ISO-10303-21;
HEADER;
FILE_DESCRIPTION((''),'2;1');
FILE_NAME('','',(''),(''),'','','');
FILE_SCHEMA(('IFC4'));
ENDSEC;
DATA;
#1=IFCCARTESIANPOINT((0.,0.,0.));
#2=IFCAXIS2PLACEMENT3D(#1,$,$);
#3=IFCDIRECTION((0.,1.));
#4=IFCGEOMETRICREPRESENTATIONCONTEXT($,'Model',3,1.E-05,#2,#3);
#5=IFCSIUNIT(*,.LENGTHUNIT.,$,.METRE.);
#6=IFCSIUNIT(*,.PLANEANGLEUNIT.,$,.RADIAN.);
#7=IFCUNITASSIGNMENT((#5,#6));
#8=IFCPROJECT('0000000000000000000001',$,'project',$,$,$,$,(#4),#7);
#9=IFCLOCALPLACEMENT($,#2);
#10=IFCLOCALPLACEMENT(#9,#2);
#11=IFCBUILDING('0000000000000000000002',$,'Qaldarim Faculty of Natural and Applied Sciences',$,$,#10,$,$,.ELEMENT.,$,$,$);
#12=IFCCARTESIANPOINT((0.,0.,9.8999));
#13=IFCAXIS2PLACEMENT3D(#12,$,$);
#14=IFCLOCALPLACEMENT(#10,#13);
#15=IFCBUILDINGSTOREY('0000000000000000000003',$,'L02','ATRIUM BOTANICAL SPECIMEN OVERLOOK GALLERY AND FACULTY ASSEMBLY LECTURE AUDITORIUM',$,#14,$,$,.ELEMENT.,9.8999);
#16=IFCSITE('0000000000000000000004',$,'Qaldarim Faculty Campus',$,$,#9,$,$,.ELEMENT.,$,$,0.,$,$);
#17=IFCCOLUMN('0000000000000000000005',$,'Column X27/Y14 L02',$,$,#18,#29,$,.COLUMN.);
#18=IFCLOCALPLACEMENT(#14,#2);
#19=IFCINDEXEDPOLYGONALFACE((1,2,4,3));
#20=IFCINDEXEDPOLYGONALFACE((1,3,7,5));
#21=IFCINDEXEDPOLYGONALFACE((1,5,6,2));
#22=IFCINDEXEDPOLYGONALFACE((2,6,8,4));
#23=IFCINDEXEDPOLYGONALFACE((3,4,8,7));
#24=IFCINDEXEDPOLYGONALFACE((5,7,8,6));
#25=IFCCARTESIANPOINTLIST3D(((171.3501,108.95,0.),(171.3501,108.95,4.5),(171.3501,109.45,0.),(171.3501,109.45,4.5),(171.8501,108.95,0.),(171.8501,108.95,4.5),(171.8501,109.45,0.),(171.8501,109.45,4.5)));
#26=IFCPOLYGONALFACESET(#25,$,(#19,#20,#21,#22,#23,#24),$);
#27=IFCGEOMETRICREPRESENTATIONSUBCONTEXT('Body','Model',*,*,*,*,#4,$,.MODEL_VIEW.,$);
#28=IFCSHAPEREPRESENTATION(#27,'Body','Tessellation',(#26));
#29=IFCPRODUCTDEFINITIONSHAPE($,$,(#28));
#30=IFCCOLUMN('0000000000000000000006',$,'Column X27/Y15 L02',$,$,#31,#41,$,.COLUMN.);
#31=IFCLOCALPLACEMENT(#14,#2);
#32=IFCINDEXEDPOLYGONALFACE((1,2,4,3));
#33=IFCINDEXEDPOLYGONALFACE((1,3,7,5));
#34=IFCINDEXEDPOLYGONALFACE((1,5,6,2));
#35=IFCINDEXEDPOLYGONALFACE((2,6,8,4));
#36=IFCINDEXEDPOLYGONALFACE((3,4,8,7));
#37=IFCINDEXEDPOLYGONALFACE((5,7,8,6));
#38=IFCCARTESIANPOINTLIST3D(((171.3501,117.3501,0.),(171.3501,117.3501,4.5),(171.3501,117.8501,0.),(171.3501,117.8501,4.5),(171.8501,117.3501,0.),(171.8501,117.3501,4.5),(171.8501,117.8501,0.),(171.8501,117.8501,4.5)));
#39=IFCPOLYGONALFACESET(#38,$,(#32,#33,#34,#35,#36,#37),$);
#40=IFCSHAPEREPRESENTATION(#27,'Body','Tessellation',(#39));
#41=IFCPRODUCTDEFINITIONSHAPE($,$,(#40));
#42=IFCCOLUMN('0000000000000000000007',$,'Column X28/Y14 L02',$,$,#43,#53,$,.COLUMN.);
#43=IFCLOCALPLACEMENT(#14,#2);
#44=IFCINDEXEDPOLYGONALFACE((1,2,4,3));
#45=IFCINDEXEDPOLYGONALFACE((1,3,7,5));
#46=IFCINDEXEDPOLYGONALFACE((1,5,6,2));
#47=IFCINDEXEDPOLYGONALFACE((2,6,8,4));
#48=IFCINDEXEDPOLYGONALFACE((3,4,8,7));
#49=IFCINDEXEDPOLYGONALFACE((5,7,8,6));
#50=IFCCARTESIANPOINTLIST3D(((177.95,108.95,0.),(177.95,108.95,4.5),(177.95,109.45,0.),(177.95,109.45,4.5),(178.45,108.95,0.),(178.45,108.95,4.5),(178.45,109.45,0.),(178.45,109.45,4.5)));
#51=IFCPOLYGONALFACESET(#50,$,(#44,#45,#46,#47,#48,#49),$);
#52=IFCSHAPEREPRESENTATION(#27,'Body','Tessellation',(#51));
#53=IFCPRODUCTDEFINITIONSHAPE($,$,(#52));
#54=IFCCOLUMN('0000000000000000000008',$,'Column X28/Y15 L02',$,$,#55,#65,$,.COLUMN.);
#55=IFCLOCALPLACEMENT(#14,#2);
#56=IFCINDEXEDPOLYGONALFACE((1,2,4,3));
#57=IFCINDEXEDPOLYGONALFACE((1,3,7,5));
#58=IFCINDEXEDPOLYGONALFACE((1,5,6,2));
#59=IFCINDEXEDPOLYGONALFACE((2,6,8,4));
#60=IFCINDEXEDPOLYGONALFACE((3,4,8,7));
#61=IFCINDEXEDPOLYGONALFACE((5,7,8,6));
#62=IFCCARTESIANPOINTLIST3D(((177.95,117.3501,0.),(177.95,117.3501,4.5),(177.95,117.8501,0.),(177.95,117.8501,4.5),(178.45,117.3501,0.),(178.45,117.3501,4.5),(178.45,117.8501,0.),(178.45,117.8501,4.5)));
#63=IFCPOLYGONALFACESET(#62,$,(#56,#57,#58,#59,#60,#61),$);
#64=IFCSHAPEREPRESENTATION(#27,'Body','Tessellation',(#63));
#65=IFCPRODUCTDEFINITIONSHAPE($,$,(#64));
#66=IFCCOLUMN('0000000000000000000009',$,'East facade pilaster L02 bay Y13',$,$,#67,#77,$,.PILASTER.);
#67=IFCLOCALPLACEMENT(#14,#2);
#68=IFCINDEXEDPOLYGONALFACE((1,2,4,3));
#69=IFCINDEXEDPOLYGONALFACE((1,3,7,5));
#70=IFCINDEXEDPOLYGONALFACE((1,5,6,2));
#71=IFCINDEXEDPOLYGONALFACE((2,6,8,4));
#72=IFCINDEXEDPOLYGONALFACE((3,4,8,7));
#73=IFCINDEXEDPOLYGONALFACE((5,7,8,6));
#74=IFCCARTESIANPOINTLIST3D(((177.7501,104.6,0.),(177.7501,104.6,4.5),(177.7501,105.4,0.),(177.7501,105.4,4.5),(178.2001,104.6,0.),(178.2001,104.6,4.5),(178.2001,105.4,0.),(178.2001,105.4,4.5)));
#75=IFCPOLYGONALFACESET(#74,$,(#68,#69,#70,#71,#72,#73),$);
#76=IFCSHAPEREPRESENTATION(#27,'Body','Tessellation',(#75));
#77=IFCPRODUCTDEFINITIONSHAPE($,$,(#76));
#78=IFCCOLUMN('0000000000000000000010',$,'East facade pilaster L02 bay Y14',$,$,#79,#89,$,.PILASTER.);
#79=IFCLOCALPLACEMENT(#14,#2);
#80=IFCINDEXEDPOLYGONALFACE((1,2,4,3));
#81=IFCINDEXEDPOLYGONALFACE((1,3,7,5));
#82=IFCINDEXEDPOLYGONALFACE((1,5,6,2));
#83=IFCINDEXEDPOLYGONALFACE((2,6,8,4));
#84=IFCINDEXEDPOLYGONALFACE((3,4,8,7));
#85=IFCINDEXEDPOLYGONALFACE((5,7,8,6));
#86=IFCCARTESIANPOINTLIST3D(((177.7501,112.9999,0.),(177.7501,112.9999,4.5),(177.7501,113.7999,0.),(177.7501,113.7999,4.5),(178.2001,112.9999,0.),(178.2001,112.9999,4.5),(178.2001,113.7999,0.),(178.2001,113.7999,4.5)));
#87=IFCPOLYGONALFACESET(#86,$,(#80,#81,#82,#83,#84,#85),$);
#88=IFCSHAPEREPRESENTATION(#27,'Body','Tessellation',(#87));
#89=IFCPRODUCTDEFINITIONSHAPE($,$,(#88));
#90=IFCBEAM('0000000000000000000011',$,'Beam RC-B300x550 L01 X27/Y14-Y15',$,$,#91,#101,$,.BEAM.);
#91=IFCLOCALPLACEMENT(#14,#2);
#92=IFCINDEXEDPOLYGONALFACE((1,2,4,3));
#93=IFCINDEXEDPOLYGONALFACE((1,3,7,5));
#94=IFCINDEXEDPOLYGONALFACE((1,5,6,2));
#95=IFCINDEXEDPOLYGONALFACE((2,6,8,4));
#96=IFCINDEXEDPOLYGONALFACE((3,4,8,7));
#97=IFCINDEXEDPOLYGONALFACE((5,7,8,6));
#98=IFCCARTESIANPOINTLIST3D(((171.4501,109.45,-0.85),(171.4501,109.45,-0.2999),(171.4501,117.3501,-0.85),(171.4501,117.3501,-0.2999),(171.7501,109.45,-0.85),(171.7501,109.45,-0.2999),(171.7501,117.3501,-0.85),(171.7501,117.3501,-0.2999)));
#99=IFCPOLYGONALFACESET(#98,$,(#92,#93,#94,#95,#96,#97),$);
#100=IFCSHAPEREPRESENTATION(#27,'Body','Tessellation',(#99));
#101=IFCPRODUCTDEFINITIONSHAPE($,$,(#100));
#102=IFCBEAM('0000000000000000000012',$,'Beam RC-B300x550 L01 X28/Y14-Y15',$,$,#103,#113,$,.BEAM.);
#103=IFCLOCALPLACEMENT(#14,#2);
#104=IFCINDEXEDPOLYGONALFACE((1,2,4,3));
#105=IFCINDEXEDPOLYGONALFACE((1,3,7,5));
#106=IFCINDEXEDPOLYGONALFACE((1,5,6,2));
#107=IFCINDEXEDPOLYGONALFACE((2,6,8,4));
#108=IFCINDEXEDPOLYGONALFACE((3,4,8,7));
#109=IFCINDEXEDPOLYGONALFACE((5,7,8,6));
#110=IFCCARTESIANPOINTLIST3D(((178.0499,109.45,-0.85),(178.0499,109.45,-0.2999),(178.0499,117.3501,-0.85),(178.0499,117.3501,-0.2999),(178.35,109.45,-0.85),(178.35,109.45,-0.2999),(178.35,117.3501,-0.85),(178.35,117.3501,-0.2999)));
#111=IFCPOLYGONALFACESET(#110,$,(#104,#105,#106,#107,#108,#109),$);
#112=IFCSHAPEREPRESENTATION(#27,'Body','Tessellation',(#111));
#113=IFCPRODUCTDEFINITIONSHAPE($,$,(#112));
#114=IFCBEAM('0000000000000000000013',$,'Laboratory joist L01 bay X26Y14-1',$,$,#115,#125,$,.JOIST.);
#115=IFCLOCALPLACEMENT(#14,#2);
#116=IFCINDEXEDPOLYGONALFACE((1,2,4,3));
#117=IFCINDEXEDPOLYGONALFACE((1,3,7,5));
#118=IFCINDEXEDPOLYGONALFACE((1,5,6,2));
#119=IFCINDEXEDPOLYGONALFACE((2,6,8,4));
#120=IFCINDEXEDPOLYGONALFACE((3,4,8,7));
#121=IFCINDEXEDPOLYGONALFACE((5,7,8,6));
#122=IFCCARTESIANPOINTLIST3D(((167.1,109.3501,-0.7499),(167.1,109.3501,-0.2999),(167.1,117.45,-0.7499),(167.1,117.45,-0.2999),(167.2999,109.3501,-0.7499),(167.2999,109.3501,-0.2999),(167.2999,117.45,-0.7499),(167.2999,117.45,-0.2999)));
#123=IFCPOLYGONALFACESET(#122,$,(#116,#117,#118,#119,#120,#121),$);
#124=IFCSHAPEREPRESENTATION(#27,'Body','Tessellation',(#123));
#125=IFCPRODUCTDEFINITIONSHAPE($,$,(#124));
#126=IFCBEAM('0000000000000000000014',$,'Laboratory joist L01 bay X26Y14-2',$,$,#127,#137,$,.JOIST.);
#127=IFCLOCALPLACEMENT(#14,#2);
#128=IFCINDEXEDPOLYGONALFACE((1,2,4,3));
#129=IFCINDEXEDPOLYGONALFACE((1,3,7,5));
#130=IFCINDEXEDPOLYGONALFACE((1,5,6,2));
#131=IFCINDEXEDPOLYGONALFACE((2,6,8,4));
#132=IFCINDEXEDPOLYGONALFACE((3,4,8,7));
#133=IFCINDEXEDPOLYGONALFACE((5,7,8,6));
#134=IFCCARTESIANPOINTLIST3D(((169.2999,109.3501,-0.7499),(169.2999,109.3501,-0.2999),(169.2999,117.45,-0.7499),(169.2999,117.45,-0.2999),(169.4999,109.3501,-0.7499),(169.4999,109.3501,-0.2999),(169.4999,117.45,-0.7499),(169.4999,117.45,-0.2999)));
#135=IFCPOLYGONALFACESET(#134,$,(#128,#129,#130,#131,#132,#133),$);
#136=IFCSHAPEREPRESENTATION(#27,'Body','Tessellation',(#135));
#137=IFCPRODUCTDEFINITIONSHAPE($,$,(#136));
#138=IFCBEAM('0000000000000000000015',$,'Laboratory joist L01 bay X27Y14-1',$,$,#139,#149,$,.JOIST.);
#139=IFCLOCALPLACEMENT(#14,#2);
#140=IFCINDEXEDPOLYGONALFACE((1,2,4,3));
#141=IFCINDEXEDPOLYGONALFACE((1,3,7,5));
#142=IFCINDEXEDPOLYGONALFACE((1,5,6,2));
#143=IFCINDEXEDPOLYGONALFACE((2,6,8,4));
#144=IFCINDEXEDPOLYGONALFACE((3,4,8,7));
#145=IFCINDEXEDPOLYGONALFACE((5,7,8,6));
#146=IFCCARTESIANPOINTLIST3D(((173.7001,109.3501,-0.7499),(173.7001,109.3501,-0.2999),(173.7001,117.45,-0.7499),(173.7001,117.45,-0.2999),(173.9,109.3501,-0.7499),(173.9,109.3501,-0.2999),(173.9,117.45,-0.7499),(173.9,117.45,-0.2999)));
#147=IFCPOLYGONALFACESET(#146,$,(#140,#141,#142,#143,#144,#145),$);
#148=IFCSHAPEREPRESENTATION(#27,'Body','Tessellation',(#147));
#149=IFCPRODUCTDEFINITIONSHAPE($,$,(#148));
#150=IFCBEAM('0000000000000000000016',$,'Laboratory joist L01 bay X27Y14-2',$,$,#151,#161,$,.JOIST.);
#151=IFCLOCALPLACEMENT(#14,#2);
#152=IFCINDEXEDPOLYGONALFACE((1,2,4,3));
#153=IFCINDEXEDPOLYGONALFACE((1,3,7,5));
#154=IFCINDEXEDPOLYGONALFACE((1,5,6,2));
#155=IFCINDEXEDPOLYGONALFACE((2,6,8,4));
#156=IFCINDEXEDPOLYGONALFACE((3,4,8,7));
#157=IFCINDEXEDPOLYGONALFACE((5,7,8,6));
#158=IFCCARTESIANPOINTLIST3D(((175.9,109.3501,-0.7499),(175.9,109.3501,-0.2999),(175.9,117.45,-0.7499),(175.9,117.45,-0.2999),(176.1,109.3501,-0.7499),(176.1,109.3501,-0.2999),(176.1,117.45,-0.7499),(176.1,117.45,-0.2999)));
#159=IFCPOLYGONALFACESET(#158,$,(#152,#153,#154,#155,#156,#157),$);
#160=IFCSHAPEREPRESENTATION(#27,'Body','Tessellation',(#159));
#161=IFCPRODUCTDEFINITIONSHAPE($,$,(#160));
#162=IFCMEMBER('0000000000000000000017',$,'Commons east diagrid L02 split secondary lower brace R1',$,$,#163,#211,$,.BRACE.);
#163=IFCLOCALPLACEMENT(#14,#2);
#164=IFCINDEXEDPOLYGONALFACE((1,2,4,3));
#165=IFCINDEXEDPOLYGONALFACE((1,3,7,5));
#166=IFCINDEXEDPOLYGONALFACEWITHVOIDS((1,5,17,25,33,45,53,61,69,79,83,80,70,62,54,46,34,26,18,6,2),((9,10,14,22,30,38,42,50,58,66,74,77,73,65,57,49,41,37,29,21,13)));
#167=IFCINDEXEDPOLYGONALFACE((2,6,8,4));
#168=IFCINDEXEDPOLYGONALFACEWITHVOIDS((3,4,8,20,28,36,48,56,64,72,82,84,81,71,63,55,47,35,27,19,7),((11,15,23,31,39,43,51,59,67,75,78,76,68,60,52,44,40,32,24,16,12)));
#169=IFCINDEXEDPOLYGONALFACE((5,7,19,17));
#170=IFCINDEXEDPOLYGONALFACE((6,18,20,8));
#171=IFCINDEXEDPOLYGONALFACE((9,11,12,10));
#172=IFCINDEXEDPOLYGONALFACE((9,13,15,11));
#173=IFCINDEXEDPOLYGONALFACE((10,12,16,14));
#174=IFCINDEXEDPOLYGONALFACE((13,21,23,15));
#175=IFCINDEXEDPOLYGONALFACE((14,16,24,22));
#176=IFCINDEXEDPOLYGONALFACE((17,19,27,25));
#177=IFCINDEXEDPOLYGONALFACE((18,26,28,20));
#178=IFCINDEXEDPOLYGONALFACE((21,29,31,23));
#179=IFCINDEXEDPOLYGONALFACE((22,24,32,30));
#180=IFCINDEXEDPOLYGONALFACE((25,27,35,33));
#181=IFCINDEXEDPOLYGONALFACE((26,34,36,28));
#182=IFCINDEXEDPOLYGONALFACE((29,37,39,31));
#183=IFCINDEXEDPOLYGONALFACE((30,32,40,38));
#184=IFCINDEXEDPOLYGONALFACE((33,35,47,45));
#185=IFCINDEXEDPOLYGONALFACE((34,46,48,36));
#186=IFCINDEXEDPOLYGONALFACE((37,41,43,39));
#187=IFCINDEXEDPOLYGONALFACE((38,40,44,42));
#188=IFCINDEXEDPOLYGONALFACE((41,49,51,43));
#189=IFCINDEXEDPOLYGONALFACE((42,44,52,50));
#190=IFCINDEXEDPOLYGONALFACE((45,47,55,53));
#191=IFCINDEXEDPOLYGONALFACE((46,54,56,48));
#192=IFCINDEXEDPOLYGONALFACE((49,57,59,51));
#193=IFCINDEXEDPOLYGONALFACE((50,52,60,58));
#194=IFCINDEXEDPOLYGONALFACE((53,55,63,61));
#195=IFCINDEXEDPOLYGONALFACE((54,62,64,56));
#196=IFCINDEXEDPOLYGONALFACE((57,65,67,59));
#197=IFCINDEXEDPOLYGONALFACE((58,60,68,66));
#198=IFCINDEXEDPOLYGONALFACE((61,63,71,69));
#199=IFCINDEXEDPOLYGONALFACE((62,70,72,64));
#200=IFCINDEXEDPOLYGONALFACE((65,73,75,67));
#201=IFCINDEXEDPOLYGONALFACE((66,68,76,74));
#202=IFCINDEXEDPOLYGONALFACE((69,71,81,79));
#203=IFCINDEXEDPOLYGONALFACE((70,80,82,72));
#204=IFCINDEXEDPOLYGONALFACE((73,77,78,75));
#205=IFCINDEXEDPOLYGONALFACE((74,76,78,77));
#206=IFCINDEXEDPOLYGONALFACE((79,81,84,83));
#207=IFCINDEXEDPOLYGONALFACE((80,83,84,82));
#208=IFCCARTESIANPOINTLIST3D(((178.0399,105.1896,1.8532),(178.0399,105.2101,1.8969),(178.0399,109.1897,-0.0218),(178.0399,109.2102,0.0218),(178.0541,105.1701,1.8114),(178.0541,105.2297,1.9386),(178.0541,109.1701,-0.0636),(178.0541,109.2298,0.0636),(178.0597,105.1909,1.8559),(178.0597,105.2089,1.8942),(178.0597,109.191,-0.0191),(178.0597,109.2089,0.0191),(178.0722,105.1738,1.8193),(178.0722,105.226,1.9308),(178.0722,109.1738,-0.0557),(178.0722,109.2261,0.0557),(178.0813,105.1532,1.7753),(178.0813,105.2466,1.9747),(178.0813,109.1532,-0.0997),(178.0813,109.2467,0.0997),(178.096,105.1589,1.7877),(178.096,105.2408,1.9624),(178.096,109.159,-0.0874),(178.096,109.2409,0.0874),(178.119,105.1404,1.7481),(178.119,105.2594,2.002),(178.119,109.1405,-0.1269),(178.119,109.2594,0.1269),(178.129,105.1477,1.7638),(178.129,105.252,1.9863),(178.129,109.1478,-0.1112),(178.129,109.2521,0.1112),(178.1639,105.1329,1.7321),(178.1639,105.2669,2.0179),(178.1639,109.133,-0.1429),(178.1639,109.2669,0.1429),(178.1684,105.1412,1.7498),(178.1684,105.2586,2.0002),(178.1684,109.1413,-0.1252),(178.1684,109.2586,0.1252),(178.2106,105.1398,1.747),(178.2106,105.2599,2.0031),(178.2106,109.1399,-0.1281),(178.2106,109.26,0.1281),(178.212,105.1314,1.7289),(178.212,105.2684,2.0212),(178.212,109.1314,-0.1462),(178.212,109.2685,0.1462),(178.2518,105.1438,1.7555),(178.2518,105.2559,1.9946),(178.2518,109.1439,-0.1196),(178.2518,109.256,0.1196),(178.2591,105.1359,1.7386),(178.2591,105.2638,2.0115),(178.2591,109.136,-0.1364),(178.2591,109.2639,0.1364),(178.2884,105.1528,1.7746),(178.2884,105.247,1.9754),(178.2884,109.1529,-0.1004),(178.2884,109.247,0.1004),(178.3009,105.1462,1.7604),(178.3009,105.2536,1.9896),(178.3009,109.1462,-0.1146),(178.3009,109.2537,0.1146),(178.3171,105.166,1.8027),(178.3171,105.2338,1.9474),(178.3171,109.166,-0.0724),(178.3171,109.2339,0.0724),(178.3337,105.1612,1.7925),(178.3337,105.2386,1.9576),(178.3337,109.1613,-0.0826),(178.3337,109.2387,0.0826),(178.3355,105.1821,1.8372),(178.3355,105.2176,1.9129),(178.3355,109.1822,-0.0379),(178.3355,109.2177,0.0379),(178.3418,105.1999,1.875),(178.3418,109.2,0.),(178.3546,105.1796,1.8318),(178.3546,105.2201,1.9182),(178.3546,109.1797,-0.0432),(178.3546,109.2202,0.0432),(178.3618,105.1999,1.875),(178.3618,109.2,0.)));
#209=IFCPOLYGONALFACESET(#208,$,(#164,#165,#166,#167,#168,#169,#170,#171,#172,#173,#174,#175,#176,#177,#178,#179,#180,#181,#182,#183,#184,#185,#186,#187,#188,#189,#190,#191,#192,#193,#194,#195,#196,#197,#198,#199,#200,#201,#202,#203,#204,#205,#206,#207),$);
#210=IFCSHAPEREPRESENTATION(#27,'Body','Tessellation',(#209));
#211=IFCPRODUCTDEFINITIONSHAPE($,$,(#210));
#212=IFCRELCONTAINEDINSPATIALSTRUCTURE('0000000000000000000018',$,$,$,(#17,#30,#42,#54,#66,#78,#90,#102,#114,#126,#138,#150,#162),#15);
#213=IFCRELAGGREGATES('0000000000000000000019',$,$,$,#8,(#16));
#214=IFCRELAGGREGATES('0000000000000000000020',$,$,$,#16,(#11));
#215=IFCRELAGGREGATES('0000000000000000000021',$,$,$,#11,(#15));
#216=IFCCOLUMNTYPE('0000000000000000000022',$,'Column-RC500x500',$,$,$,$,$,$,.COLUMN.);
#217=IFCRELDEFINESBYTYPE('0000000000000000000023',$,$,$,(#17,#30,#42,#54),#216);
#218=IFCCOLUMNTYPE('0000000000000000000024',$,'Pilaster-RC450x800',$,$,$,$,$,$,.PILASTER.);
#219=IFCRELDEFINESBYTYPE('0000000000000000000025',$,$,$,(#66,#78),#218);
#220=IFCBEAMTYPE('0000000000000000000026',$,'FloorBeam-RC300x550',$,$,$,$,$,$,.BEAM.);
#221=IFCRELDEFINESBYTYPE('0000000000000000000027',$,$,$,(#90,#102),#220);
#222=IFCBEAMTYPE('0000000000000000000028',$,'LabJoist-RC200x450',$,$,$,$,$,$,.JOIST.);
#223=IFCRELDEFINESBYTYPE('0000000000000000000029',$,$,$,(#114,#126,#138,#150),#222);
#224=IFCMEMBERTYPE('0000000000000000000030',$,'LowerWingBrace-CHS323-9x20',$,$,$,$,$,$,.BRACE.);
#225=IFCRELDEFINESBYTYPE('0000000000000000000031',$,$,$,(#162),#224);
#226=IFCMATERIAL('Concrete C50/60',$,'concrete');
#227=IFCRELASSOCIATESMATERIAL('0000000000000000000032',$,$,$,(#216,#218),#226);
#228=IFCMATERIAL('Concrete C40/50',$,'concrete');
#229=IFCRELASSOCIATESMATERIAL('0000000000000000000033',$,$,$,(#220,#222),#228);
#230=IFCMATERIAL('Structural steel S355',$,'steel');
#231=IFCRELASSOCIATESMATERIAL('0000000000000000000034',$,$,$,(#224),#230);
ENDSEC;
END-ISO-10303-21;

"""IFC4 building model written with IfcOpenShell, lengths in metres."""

from ifc_helpers import new_model, si_unit, direction, frame, origin, origin_2d, place, context, subcontext, project, spatial, rectangle, hollow_circle, extrude, material, material_profile, profile_set, type_object, element, save


model = new_model("IFC4")

# Units and contexts
model_context = context("Model", 3, precision=1e-05, world=origin(), true_north=direction((0.0, 1.0)))
body_context = subcontext(model_context, "Body", "Model", "MODEL_VIEW")
ifc_project = project(units=[si_unit("LENGTHUNIT", "METRE"), si_unit("PLANEANGLEUNIT", "RADIAN")], contexts=[model_context])

# Site, building, storey
site_placement = place(None, origin())
site = spatial("IfcSite", under=ifc_project, at=site_placement, Name="Qaldarim Faculty Campus", CompositionType="ELEMENT", RefElevation=0.0)
building_placement = place(site_placement, origin())
building = spatial("IfcBuilding", under=site, at=building_placement, Name="Qaldarim Faculty of Natural and Applied Sciences", CompositionType="ELEMENT")
storey_placement = place(building_placement, frame((0.0, 0.0, 9.8999)))
storey = spatial("IfcBuildingStorey", under=building, at=storey_placement, Name="L02", Description="ATRIUM BOTANICAL SPECIMEN OVERLOOK GALLERY AND FACULTY ASSEMBLY LECTURE AUDITORIUM", CompositionType="ELEMENT", Elevation=9.8999)

# Columns
ifc_material_1 = material(Name="Concrete C50/60", Category="concrete")
ifc_material_profile_1 = material_profile(ifc_material_1, rectangle(XDim=0.5, YDim=0.5, at=origin_2d()), Name="RC-C500x500")
ifc_profile_set_1 = profile_set([ifc_material_profile_1], Name="Concrete C50/60")
column_type_1 = type_object("IfcColumnType", Name="Column-RC500x500", PredefinedType="COLUMN", material=ifc_profile_set_1)
for number, where, z_axis, x_axis, name in (
    (1, (171.6001, 109.2, 0.0), (0.0, 0.0, 1.0), (1.0, 0.0, 0.0), "Column X27/Y14 L02"),
    (2, (171.6001, 117.6001, 0.0), (0.0, 0.0, 1.0), (1.0, 0.0, 0.0), "Column X27/Y15 L02"),
    (3, (178.2, 109.2, 0.0), (0.0, 0.0, 1.0), (1.0, 0.0, 0.0), "Column X28/Y14 L02"),
    (4, (178.2, 117.6001, 0.0), (0.0, 0.0, 1.0), (1.0, 0.0, 0.0), "Column X28/Y15 L02"),
):
    element("IfcColumn", number, at=place(storey_placement, frame(where, z_axis=z_axis, x_axis=x_axis)), inside=storey, type_object=column_type_1, Name=name, PredefinedType="COLUMN", context=body_context, shape_type="SweptSolid", body=[
        extrude(rectangle(XDim=0.5, YDim=0.5, at=origin_2d()), origin(), (0.0, 0.0, 1.0), 4.5),
    ])
ifc_material_profile_2 = material_profile(ifc_material_1, rectangle(XDim=0.45, YDim=0.8, at=origin_2d()), Name="RC-C450x800")
ifc_profile_set_2 = profile_set([ifc_material_profile_2], Name="Concrete C50/60")
column_type_2 = type_object("IfcColumnType", Name="Pilaster-RC450x800", PredefinedType="PILASTER", material=ifc_profile_set_2)
for number, where, z_axis, x_axis, name in (
    (5, (177.9751, 105.0, 0.0), (0.0, 0.0, 1.0), (1.0, 0.0, 0.0), "East facade pilaster L02 bay Y13"),
    (6, (177.9751, 113.3999, 0.0), (0.0, 0.0, 1.0), (1.0, 0.0, 0.0), "East facade pilaster L02 bay Y14"),
):
    element("IfcColumn", number, at=place(storey_placement, frame(where, z_axis=z_axis, x_axis=x_axis)), inside=storey, type_object=column_type_2, Name=name, PredefinedType="PILASTER", context=body_context, shape_type="SweptSolid", body=[
        extrude(rectangle(XDim=0.45, YDim=0.8, at=origin_2d()), origin(), (0.0, 0.0, 1.0), 4.5),
    ])

# Beams
ifc_material_2 = material(Name="Concrete C40/50", Category="concrete")
ifc_material_profile_3 = material_profile(ifc_material_2, rectangle(XDim=0.3, YDim=0.55, at=origin_2d()), Name="RC-B300x550")
ifc_profile_set_3 = profile_set([ifc_material_profile_3], Name="Concrete C40/50")
beam_type_1 = type_object("IfcBeamType", Name="FloorBeam-RC300x550", PredefinedType="BEAM", material=ifc_profile_set_3)
for number, where, z_axis, x_axis, name in (
    (7, (171.6001, 109.45, -0.575), (0.0, 1.0, 0.0), (-1.0, 0.0, 0.0), "Beam RC-B300x550 L01 X27/Y14-Y15"),
    (8, (178.2, 109.45, -0.575), (0.0, 1.0, 0.0), (-1.0, 0.0, 0.0), "Beam RC-B300x550 L01 X28/Y14-Y15"),
):
    element("IfcBeam", number, at=place(storey_placement, frame(where, z_axis=z_axis, x_axis=x_axis)), inside=storey, type_object=beam_type_1, Name=name, PredefinedType="BEAM", context=body_context, shape_type="SweptSolid", body=[
        extrude(rectangle(XDim=0.3, YDim=0.55, at=origin_2d()), origin(), (0.0, 0.0, 1.0), 7.9001),
    ])
ifc_material_profile_4 = material_profile(ifc_material_2, rectangle(XDim=0.2, YDim=0.45, at=origin_2d()), Name="RC-J200x450")
ifc_profile_set_4 = profile_set([ifc_material_profile_4], Name="Concrete C40/50")
beam_type_2 = type_object("IfcBeamType", Name="LabJoist-RC200x450", PredefinedType="JOIST", material=ifc_profile_set_4)
for number, where, z_axis, x_axis, name in (
    (9, (167.2, 109.3501, -0.5249), (0.0, 1.0, 0.0), (-1.0, 0.0, 0.0), "Laboratory joist L01 bay X26Y14-1"),
    (10, (169.3999, 109.3501, -0.5249), (0.0, 1.0, 0.0), (-1.0, 0.0, 0.0), "Laboratory joist L01 bay X26Y14-2"),
    (11, (173.8, 109.3501, -0.5249), (0.0, 1.0, 0.0), (-1.0, 0.0, 0.0), "Laboratory joist L01 bay X27Y14-1"),
    (12, (176.0, 109.3501, -0.5249), (0.0, 1.0, 0.0), (-1.0, 0.0, 0.0), "Laboratory joist L01 bay X27Y14-2"),
):
    element("IfcBeam", number, at=place(storey_placement, frame(where, z_axis=z_axis, x_axis=x_axis)), inside=storey, type_object=beam_type_2, Name=name, PredefinedType="JOIST", context=body_context, shape_type="SweptSolid", body=[
        extrude(rectangle(XDim=0.2, YDim=0.45, at=origin_2d()), origin(), (0.0, 0.0, 1.0), 8.0999),
    ])

# Member
ifc_material_3 = material(Name="Structural steel S355", Category="steel")
ifc_material_profile_5 = material_profile(ifc_material_3, hollow_circle(Radius=0.1619, WallThickness=0.02, at=origin_2d()), Name="CHS 323.9x20.0")
ifc_profile_set_5 = profile_set([ifc_material_profile_5], Name="Structural steel S355")
member_type = type_object("IfcMemberType", Name="LowerWingBrace-CHS323-9x20", PredefinedType="BRACE", material=ifc_profile_set_5)
for number, where, z_axis, x_axis, name in (
    (13, (178.2, 109.2, 0.0), (0.0, -0.905459, 0.424434), (1.0, 0.0, 0.0), "Commons east diagrid L02 split secondary lower brace R1"),
):
    element("IfcMember", number, at=place(storey_placement, frame(where, z_axis=z_axis, x_axis=x_axis)), inside=storey, type_object=member_type, Name=name, PredefinedType="BRACE", context=body_context, shape_type="SweptSolid", body=[
        extrude(hollow_circle(Radius=0.1619, WallThickness=0.02, at=origin_2d()), origin(), (0.0, 0.0, 1.0), 4.4177),
    ])

save(model, "model.ifc")
